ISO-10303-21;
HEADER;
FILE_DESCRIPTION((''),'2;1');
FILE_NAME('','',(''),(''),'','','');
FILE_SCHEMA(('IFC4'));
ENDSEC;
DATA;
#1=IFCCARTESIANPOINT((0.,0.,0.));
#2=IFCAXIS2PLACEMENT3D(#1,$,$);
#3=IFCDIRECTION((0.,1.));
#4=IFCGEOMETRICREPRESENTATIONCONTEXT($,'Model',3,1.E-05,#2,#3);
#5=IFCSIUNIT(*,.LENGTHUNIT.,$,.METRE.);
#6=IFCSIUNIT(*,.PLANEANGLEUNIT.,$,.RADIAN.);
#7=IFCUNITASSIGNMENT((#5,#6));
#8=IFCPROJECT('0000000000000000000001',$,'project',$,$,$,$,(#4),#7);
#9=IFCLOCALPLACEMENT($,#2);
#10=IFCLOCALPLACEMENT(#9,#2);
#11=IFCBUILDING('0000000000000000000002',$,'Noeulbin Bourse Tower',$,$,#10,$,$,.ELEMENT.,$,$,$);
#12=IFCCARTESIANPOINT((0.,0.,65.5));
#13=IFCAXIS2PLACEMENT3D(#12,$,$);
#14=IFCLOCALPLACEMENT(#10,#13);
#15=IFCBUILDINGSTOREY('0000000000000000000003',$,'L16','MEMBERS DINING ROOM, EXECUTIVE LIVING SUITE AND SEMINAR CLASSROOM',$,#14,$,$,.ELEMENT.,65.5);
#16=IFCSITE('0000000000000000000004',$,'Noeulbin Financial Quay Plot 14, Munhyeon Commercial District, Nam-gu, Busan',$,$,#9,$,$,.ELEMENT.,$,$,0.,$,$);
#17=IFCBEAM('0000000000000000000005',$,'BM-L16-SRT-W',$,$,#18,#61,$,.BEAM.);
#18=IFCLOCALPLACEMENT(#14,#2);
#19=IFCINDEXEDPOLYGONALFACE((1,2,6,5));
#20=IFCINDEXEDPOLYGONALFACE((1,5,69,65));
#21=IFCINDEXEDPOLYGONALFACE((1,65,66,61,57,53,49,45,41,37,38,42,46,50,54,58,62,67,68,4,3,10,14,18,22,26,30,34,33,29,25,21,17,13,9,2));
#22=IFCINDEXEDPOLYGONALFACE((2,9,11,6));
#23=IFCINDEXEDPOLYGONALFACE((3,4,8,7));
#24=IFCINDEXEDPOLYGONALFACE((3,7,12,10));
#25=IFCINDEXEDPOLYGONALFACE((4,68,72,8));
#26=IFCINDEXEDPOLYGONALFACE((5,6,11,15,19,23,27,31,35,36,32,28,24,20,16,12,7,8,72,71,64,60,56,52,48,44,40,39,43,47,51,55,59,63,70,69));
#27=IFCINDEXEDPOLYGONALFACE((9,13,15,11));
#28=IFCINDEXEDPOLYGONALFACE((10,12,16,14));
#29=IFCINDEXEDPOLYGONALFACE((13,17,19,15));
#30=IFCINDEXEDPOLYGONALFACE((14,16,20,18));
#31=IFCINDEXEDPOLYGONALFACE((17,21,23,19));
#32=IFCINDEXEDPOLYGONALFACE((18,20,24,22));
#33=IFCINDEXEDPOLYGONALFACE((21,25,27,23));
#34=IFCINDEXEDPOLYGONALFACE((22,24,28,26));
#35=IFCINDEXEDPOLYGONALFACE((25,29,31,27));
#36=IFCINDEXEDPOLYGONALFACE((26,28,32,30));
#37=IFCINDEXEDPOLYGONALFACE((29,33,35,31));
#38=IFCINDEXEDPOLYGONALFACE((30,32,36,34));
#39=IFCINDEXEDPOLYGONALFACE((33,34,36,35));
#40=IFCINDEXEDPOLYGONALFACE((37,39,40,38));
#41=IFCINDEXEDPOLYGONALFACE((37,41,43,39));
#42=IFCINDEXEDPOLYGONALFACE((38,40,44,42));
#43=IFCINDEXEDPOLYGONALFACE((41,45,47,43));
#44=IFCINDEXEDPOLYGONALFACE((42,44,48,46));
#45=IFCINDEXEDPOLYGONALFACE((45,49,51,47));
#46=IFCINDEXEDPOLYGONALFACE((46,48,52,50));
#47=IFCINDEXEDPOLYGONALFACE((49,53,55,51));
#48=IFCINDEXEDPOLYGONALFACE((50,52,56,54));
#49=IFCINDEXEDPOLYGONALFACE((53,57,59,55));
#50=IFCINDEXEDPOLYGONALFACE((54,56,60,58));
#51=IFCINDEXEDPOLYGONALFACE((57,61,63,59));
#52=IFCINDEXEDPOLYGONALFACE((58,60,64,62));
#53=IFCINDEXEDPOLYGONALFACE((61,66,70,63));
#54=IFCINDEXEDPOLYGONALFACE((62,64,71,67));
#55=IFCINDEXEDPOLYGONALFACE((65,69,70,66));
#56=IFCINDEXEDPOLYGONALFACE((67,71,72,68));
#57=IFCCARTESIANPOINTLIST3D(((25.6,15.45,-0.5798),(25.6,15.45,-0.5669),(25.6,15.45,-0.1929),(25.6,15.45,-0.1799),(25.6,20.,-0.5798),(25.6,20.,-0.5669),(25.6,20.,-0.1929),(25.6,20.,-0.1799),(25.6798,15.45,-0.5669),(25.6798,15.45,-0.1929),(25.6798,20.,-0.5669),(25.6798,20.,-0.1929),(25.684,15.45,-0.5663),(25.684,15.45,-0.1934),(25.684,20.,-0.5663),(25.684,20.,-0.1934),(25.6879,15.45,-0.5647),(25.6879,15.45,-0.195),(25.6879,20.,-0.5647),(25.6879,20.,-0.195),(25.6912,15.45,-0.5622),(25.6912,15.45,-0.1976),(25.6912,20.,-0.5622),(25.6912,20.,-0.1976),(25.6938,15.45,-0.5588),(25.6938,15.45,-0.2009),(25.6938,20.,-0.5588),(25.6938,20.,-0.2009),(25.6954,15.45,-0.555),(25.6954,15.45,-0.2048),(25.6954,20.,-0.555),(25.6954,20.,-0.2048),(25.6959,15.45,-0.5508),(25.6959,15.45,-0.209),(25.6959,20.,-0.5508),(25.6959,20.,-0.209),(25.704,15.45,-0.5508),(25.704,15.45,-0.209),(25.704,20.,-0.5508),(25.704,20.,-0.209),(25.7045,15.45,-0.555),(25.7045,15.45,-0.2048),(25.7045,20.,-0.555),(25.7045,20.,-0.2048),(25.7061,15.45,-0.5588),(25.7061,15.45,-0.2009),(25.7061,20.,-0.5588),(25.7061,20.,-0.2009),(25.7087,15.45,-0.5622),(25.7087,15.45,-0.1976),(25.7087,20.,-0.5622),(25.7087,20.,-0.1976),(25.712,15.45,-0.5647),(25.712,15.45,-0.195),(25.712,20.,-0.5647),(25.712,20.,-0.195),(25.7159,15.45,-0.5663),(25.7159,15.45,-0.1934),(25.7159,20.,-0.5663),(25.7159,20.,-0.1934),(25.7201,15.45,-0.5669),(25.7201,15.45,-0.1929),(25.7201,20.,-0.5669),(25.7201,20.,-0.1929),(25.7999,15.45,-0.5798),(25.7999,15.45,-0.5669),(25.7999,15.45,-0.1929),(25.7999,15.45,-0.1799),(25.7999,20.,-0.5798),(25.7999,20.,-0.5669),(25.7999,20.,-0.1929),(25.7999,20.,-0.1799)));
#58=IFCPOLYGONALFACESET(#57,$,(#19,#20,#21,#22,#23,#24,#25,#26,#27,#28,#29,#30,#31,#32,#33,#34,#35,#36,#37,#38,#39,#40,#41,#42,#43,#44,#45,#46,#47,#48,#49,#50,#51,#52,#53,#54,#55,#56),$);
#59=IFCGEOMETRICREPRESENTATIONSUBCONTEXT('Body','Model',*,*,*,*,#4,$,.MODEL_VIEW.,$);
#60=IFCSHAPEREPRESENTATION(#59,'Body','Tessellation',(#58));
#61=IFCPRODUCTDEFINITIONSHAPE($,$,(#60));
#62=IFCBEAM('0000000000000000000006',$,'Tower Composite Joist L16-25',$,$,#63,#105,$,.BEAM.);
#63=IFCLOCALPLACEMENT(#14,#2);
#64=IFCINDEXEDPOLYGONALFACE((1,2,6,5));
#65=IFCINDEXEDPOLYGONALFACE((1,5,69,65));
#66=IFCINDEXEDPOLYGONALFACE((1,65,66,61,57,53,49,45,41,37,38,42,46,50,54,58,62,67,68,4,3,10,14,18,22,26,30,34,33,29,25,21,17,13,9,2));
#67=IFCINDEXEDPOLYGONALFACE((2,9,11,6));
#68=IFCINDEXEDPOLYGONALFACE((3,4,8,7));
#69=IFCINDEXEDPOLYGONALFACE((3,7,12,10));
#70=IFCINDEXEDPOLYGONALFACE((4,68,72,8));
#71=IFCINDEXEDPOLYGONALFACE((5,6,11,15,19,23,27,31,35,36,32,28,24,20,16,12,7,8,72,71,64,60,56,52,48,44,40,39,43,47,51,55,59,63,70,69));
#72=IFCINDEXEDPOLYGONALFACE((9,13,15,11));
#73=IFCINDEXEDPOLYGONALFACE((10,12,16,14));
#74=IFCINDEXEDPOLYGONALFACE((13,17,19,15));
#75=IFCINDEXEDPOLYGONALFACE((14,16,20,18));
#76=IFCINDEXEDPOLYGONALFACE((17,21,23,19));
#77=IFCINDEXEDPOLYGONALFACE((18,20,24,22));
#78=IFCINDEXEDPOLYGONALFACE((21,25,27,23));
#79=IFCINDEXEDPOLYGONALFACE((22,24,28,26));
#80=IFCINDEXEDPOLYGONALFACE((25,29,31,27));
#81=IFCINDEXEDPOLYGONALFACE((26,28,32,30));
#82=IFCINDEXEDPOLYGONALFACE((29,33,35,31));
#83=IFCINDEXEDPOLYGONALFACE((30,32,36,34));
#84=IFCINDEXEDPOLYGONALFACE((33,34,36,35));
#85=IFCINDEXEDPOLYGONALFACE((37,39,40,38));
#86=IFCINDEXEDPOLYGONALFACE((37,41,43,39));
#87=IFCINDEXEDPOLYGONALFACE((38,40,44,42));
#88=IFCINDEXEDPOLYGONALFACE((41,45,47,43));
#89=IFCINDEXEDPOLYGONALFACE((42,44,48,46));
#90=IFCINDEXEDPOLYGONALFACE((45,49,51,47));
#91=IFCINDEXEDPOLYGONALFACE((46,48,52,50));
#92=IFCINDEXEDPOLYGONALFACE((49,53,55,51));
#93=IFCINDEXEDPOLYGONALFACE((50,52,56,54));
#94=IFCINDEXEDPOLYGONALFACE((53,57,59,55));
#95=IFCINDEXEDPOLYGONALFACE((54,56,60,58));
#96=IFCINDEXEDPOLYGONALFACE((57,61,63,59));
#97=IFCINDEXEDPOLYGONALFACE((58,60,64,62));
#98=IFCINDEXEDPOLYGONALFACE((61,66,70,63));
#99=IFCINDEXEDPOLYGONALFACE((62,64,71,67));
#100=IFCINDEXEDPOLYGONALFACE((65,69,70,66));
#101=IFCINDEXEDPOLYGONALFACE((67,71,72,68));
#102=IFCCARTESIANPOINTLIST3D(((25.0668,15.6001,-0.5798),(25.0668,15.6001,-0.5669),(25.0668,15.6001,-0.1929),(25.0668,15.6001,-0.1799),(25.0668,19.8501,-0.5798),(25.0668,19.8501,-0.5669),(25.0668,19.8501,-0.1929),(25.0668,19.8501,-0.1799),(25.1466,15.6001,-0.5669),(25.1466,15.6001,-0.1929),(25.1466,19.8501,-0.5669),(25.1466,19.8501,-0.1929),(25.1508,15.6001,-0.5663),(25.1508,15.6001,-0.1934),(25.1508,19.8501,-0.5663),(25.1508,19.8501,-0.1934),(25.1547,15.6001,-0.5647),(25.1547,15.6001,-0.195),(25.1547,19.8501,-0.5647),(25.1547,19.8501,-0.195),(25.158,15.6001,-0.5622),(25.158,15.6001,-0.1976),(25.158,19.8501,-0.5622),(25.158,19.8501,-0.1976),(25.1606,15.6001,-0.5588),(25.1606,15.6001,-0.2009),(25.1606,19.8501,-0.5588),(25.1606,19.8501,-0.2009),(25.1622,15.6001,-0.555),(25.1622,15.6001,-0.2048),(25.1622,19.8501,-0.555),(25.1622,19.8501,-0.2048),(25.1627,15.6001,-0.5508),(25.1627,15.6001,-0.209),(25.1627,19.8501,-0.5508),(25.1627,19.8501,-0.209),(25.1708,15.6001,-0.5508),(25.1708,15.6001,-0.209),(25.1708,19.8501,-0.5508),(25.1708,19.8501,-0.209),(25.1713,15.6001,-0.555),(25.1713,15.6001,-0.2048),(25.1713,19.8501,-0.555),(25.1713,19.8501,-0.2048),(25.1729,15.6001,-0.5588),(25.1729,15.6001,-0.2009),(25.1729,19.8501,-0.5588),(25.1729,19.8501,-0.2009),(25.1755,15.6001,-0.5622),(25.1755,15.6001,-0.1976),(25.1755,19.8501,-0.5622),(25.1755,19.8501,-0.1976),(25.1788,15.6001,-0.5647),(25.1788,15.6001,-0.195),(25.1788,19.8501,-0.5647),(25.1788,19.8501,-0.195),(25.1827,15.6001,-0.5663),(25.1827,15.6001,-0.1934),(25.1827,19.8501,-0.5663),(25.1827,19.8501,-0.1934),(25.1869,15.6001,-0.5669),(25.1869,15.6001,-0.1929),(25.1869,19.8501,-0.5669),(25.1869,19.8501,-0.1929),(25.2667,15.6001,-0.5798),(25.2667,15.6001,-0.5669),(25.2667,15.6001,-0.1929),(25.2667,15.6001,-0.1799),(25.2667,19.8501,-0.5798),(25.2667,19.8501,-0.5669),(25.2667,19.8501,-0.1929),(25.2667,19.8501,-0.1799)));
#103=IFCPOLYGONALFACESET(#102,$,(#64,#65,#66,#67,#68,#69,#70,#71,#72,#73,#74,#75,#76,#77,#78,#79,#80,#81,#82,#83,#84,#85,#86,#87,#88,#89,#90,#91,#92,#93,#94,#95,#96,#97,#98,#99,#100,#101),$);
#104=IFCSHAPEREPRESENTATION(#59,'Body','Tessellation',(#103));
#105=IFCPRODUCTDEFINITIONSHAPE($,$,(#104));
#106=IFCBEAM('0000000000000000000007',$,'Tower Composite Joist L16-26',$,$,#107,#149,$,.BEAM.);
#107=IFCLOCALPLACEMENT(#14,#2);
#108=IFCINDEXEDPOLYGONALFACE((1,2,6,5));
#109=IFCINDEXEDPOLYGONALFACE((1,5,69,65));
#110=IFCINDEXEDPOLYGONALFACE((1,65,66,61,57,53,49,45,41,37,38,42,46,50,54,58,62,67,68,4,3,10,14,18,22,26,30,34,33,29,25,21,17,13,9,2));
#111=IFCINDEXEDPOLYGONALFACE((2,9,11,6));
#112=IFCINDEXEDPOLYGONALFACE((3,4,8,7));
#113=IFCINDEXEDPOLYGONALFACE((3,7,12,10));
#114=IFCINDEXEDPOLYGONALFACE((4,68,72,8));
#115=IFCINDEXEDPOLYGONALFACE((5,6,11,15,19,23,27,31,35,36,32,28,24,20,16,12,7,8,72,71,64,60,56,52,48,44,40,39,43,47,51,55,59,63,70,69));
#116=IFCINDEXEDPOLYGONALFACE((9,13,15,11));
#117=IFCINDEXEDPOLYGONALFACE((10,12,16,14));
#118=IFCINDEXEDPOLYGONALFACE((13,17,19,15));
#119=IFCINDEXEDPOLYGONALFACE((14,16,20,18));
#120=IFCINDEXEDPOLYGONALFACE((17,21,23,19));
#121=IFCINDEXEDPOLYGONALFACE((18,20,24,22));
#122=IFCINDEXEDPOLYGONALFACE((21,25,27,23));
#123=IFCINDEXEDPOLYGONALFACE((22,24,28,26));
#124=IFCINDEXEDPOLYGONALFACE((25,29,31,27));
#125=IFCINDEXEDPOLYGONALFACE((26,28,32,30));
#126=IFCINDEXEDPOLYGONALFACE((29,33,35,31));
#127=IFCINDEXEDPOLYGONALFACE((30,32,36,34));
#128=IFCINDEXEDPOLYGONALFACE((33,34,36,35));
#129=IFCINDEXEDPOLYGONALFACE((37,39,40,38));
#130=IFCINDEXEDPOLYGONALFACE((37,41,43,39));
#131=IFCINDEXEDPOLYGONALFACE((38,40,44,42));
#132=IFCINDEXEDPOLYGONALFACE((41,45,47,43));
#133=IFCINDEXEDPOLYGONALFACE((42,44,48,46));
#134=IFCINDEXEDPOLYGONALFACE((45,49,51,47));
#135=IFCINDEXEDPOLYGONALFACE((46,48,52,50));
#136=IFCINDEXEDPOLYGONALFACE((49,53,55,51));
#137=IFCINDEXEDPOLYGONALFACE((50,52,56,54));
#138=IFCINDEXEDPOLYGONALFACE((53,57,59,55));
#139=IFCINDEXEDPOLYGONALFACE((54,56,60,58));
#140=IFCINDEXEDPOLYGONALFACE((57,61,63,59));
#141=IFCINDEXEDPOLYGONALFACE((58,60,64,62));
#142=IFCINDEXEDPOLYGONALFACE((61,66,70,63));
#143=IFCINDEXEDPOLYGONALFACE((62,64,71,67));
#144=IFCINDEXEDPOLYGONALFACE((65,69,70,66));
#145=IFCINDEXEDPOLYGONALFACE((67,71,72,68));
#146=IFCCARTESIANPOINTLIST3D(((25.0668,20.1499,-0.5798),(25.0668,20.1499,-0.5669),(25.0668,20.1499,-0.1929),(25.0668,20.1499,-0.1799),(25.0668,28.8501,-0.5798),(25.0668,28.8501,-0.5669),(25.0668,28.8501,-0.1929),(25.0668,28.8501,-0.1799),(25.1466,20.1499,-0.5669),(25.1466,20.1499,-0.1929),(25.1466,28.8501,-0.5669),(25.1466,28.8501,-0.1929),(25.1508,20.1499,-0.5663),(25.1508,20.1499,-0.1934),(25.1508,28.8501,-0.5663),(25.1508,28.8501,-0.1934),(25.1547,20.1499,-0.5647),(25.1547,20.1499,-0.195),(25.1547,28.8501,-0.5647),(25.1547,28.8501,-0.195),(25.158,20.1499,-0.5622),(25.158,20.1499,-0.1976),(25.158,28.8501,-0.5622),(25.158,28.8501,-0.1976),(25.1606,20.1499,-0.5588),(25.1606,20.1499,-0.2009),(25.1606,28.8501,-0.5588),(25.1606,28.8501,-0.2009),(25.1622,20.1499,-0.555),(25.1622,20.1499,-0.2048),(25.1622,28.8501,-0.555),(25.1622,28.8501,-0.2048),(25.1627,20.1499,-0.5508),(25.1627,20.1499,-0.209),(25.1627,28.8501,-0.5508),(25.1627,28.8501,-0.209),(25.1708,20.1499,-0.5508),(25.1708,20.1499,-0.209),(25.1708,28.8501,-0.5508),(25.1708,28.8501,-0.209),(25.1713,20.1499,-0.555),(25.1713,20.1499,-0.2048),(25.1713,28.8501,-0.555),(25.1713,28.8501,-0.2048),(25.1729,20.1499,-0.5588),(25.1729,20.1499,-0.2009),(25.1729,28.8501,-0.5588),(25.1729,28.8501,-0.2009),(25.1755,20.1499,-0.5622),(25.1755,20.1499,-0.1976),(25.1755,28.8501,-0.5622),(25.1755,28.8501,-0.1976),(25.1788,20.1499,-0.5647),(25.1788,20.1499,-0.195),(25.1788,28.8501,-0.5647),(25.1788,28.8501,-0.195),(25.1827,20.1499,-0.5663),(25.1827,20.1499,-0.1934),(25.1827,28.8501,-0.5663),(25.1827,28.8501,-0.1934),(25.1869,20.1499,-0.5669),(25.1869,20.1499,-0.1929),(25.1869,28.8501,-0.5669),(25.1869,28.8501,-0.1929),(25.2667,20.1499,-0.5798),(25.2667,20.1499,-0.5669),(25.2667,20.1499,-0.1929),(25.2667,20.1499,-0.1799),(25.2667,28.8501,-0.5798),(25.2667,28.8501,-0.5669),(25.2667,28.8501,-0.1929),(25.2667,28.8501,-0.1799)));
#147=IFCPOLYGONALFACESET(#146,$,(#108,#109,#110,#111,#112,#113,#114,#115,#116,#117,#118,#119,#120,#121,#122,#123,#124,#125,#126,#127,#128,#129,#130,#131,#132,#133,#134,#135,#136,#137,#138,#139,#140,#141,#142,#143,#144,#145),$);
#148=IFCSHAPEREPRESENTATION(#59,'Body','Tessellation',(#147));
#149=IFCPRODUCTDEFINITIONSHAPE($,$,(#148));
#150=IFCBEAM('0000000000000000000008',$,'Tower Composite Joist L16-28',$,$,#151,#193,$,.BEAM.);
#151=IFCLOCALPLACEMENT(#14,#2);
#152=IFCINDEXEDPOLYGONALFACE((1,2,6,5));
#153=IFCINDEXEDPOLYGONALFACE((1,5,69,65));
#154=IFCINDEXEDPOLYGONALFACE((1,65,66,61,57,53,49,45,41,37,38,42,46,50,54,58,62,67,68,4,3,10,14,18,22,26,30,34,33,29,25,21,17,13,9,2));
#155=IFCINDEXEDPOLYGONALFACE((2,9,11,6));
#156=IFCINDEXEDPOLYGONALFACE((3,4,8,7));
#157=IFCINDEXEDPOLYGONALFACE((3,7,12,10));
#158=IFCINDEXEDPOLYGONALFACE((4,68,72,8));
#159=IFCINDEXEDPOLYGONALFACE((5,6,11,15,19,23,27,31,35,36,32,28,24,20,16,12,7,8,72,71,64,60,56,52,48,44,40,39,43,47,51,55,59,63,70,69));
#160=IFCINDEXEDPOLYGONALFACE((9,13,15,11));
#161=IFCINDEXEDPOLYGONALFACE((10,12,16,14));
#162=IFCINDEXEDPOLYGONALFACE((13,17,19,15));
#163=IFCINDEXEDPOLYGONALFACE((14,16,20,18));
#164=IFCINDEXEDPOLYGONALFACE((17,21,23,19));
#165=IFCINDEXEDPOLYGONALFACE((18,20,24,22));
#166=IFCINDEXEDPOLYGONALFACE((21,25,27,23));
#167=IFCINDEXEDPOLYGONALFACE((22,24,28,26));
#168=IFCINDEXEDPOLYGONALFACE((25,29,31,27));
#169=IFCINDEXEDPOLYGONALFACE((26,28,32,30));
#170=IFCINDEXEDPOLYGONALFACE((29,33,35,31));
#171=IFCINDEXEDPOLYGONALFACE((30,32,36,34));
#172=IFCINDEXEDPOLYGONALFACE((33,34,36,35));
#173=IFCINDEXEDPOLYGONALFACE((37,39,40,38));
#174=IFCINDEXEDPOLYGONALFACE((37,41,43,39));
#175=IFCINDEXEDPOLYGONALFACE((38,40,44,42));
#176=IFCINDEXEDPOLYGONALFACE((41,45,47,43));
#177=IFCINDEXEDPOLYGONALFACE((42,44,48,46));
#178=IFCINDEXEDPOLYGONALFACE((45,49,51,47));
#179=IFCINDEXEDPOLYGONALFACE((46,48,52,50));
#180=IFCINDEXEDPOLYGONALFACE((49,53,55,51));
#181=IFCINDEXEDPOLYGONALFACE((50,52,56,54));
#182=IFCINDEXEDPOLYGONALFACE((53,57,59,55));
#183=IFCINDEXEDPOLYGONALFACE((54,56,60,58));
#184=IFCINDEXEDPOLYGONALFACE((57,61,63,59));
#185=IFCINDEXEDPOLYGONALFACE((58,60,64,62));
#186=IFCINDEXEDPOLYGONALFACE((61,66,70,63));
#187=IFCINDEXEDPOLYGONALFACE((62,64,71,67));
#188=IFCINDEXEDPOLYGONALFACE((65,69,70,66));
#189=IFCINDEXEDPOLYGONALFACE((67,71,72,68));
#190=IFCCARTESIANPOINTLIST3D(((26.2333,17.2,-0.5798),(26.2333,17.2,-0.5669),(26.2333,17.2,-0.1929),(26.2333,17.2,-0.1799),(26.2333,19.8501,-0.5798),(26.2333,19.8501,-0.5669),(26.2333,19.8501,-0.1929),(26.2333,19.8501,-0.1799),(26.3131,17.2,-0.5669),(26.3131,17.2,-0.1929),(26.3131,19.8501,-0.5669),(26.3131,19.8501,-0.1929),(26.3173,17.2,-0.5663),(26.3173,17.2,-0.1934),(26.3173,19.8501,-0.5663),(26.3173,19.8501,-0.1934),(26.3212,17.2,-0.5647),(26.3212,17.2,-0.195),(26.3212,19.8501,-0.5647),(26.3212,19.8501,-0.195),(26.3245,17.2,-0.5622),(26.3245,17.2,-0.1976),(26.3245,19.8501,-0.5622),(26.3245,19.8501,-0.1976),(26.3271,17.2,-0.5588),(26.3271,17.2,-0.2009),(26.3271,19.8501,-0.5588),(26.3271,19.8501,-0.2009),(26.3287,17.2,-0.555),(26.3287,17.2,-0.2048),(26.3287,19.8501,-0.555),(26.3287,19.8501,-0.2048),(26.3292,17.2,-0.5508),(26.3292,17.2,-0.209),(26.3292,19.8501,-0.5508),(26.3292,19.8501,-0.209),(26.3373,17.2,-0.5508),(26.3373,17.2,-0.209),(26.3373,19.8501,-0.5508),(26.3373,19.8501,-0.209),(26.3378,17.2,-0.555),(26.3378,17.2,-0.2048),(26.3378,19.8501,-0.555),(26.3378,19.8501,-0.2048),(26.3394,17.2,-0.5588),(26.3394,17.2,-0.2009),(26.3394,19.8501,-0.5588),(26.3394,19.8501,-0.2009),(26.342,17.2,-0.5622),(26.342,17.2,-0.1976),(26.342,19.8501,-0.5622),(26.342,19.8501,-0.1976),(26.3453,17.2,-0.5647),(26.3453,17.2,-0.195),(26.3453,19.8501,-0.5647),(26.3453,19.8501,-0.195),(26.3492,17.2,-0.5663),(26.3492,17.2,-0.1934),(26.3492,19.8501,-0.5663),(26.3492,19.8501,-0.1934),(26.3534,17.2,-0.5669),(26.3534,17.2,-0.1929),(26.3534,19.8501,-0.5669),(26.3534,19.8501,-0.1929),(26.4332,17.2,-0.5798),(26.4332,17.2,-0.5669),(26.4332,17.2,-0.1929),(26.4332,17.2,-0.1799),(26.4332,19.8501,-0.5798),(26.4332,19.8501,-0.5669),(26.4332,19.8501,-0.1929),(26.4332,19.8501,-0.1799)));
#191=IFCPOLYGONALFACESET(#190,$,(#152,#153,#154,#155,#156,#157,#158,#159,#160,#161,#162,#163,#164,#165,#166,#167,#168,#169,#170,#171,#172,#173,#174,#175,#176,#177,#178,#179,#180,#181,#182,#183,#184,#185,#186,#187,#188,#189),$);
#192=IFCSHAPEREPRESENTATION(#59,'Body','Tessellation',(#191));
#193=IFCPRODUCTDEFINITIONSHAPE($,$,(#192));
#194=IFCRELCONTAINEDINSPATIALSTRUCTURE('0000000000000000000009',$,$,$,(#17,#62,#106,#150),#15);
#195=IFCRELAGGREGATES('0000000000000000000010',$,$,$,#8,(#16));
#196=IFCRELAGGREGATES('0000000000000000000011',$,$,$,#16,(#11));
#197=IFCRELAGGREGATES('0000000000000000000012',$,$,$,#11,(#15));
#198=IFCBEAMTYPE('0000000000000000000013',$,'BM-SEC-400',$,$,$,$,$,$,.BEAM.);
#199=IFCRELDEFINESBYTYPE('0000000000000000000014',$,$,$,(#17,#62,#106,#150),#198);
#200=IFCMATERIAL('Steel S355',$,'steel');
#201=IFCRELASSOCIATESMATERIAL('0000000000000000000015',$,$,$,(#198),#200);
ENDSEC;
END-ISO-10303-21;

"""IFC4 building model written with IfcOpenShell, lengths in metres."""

from ifc_helpers import new_model, si_unit, direction, frame, origin, origin_2d, place, context, subcontext, project, spatial, i_section, extrude, material, material_profile, profile_set, type_object, element, save


model = new_model("IFC4")

# Units and contexts
model_context = context("Model", 3, precision=1e-05, world=origin(), true_north=direction((0.0, 1.0)))
body_context = subcontext(model_context, "Body", "Model", "MODEL_VIEW")
ifc_project = project(units=[si_unit("LENGTHUNIT", "METRE"), si_unit("PLANEANGLEUNIT", "RADIAN")], contexts=[model_context])

# Site, building, storey
site_placement = place(None, origin())
site = spatial("IfcSite", under=ifc_project, at=site_placement, Name="Noeulbin Financial Quay Plot 14, Munhyeon Commercial District, Nam-gu, Busan", CompositionType="ELEMENT", RefElevation=0.0)
building_placement = place(site_placement, origin())
building = spatial("IfcBuilding", under=site, at=building_placement, Name="Noeulbin Bourse Tower", CompositionType="ELEMENT")
storey_placement = place(building_placement, frame((0.0, 0.0, 65.5)))
storey = spatial("IfcBuildingStorey", under=building, at=storey_placement, Name="L16", Description="MEMBERS DINING ROOM, EXECUTIVE LIVING SUITE AND SEMINAR CLASSROOM", CompositionType="ELEMENT", Elevation=65.5)

# Beams
ifc_material_1 = material(Name="Steel S355", Category="steel")
ifc_material_profile_1 = material_profile(ifc_material_1, i_section(OverallWidth=0.2, OverallDepth=0.3999, WebThickness=0.0081, FlangeThickness=0.0129, FilletRadius=0.0161, at=origin_2d()), Name="H-400x200x8x13", Category="LoadBearing")
ifc_profile_set_1 = profile_set([ifc_material_profile_1], Name="Steel S355")
beam_type_1 = type_object("IfcBeamType", Name="BM-SEC-400", PredefinedType="BEAM", material=ifc_profile_set_1)
beam_1_placement = place(storey_placement, frame((25.7, 15.45, -0.3799), z_axis=(0.0, 1.0, 0.0), x_axis=(-1.0, 0.0, 0.0)))
element("IfcBeam", 1, at=beam_1_placement, inside=storey, type_object=beam_type_1, Name="BM-L16-SRT-W", PredefinedType="BEAM", context=body_context, shape_type="SweptSolid", body=[
    extrude(i_section(OverallWidth=0.2, OverallDepth=0.3999, WebThickness=0.0081, FlangeThickness=0.0129, FilletRadius=0.0161, at=origin_2d()), origin(), (0.0, 0.0, 1.0), 4.55),
])
beam_2_placement = place(storey_placement, frame((25.1667, 15.6001, -0.3799), z_axis=(0.0, 1.0, 0.0), x_axis=(-1.0, 0.0, 0.0)))
element("IfcBeam", 2, at=beam_2_placement, inside=storey, type_object=beam_type_1, Name="Tower Composite Joist L16-25", PredefinedType="BEAM", context=body_context, shape_type="SweptSolid", body=[
    extrude(i_section(OverallWidth=0.2, OverallDepth=0.3999, WebThickness=0.0081, FlangeThickness=0.0129, FilletRadius=0.0161, at=origin_2d()), origin(), (0.0, 0.0, 1.0), 4.25),
])
beam_3_placement = place(storey_placement, frame((25.1667, 20.1499, -0.3799), z_axis=(0.0, 1.0, 0.0), x_axis=(-1.0, 0.0, 0.0)))
element("IfcBeam", 3, at=beam_3_placement, inside=storey, type_object=beam_type_1, Name="Tower Composite Joist L16-26", PredefinedType="BEAM", context=body_context, shape_type="SweptSolid", body=[
    extrude(i_section(OverallWidth=0.2, OverallDepth=0.3999, WebThickness=0.0081, FlangeThickness=0.0129, FilletRadius=0.0161, at=origin_2d()), origin(), (0.0, 0.0, 1.0), 8.7002),
])
beam_4_placement = place(storey_placement, frame((26.3333, 17.2, -0.3799), z_axis=(0.0, 1.0, 0.0), x_axis=(-1.0, 0.0, 0.0)))
element("IfcBeam", 4, at=beam_4_placement, inside=storey, type_object=beam_type_1, Name="Tower Composite Joist L16-28", PredefinedType="BEAM", context=body_context, shape_type="SweptSolid", body=[
    extrude(i_section(OverallWidth=0.2, OverallDepth=0.3999, WebThickness=0.0081, FlangeThickness=0.0129, FilletRadius=0.0161, at=origin_2d()), origin(), (0.0, 0.0, 1.0), 2.6501),
])

save(model, "model.ifc")
